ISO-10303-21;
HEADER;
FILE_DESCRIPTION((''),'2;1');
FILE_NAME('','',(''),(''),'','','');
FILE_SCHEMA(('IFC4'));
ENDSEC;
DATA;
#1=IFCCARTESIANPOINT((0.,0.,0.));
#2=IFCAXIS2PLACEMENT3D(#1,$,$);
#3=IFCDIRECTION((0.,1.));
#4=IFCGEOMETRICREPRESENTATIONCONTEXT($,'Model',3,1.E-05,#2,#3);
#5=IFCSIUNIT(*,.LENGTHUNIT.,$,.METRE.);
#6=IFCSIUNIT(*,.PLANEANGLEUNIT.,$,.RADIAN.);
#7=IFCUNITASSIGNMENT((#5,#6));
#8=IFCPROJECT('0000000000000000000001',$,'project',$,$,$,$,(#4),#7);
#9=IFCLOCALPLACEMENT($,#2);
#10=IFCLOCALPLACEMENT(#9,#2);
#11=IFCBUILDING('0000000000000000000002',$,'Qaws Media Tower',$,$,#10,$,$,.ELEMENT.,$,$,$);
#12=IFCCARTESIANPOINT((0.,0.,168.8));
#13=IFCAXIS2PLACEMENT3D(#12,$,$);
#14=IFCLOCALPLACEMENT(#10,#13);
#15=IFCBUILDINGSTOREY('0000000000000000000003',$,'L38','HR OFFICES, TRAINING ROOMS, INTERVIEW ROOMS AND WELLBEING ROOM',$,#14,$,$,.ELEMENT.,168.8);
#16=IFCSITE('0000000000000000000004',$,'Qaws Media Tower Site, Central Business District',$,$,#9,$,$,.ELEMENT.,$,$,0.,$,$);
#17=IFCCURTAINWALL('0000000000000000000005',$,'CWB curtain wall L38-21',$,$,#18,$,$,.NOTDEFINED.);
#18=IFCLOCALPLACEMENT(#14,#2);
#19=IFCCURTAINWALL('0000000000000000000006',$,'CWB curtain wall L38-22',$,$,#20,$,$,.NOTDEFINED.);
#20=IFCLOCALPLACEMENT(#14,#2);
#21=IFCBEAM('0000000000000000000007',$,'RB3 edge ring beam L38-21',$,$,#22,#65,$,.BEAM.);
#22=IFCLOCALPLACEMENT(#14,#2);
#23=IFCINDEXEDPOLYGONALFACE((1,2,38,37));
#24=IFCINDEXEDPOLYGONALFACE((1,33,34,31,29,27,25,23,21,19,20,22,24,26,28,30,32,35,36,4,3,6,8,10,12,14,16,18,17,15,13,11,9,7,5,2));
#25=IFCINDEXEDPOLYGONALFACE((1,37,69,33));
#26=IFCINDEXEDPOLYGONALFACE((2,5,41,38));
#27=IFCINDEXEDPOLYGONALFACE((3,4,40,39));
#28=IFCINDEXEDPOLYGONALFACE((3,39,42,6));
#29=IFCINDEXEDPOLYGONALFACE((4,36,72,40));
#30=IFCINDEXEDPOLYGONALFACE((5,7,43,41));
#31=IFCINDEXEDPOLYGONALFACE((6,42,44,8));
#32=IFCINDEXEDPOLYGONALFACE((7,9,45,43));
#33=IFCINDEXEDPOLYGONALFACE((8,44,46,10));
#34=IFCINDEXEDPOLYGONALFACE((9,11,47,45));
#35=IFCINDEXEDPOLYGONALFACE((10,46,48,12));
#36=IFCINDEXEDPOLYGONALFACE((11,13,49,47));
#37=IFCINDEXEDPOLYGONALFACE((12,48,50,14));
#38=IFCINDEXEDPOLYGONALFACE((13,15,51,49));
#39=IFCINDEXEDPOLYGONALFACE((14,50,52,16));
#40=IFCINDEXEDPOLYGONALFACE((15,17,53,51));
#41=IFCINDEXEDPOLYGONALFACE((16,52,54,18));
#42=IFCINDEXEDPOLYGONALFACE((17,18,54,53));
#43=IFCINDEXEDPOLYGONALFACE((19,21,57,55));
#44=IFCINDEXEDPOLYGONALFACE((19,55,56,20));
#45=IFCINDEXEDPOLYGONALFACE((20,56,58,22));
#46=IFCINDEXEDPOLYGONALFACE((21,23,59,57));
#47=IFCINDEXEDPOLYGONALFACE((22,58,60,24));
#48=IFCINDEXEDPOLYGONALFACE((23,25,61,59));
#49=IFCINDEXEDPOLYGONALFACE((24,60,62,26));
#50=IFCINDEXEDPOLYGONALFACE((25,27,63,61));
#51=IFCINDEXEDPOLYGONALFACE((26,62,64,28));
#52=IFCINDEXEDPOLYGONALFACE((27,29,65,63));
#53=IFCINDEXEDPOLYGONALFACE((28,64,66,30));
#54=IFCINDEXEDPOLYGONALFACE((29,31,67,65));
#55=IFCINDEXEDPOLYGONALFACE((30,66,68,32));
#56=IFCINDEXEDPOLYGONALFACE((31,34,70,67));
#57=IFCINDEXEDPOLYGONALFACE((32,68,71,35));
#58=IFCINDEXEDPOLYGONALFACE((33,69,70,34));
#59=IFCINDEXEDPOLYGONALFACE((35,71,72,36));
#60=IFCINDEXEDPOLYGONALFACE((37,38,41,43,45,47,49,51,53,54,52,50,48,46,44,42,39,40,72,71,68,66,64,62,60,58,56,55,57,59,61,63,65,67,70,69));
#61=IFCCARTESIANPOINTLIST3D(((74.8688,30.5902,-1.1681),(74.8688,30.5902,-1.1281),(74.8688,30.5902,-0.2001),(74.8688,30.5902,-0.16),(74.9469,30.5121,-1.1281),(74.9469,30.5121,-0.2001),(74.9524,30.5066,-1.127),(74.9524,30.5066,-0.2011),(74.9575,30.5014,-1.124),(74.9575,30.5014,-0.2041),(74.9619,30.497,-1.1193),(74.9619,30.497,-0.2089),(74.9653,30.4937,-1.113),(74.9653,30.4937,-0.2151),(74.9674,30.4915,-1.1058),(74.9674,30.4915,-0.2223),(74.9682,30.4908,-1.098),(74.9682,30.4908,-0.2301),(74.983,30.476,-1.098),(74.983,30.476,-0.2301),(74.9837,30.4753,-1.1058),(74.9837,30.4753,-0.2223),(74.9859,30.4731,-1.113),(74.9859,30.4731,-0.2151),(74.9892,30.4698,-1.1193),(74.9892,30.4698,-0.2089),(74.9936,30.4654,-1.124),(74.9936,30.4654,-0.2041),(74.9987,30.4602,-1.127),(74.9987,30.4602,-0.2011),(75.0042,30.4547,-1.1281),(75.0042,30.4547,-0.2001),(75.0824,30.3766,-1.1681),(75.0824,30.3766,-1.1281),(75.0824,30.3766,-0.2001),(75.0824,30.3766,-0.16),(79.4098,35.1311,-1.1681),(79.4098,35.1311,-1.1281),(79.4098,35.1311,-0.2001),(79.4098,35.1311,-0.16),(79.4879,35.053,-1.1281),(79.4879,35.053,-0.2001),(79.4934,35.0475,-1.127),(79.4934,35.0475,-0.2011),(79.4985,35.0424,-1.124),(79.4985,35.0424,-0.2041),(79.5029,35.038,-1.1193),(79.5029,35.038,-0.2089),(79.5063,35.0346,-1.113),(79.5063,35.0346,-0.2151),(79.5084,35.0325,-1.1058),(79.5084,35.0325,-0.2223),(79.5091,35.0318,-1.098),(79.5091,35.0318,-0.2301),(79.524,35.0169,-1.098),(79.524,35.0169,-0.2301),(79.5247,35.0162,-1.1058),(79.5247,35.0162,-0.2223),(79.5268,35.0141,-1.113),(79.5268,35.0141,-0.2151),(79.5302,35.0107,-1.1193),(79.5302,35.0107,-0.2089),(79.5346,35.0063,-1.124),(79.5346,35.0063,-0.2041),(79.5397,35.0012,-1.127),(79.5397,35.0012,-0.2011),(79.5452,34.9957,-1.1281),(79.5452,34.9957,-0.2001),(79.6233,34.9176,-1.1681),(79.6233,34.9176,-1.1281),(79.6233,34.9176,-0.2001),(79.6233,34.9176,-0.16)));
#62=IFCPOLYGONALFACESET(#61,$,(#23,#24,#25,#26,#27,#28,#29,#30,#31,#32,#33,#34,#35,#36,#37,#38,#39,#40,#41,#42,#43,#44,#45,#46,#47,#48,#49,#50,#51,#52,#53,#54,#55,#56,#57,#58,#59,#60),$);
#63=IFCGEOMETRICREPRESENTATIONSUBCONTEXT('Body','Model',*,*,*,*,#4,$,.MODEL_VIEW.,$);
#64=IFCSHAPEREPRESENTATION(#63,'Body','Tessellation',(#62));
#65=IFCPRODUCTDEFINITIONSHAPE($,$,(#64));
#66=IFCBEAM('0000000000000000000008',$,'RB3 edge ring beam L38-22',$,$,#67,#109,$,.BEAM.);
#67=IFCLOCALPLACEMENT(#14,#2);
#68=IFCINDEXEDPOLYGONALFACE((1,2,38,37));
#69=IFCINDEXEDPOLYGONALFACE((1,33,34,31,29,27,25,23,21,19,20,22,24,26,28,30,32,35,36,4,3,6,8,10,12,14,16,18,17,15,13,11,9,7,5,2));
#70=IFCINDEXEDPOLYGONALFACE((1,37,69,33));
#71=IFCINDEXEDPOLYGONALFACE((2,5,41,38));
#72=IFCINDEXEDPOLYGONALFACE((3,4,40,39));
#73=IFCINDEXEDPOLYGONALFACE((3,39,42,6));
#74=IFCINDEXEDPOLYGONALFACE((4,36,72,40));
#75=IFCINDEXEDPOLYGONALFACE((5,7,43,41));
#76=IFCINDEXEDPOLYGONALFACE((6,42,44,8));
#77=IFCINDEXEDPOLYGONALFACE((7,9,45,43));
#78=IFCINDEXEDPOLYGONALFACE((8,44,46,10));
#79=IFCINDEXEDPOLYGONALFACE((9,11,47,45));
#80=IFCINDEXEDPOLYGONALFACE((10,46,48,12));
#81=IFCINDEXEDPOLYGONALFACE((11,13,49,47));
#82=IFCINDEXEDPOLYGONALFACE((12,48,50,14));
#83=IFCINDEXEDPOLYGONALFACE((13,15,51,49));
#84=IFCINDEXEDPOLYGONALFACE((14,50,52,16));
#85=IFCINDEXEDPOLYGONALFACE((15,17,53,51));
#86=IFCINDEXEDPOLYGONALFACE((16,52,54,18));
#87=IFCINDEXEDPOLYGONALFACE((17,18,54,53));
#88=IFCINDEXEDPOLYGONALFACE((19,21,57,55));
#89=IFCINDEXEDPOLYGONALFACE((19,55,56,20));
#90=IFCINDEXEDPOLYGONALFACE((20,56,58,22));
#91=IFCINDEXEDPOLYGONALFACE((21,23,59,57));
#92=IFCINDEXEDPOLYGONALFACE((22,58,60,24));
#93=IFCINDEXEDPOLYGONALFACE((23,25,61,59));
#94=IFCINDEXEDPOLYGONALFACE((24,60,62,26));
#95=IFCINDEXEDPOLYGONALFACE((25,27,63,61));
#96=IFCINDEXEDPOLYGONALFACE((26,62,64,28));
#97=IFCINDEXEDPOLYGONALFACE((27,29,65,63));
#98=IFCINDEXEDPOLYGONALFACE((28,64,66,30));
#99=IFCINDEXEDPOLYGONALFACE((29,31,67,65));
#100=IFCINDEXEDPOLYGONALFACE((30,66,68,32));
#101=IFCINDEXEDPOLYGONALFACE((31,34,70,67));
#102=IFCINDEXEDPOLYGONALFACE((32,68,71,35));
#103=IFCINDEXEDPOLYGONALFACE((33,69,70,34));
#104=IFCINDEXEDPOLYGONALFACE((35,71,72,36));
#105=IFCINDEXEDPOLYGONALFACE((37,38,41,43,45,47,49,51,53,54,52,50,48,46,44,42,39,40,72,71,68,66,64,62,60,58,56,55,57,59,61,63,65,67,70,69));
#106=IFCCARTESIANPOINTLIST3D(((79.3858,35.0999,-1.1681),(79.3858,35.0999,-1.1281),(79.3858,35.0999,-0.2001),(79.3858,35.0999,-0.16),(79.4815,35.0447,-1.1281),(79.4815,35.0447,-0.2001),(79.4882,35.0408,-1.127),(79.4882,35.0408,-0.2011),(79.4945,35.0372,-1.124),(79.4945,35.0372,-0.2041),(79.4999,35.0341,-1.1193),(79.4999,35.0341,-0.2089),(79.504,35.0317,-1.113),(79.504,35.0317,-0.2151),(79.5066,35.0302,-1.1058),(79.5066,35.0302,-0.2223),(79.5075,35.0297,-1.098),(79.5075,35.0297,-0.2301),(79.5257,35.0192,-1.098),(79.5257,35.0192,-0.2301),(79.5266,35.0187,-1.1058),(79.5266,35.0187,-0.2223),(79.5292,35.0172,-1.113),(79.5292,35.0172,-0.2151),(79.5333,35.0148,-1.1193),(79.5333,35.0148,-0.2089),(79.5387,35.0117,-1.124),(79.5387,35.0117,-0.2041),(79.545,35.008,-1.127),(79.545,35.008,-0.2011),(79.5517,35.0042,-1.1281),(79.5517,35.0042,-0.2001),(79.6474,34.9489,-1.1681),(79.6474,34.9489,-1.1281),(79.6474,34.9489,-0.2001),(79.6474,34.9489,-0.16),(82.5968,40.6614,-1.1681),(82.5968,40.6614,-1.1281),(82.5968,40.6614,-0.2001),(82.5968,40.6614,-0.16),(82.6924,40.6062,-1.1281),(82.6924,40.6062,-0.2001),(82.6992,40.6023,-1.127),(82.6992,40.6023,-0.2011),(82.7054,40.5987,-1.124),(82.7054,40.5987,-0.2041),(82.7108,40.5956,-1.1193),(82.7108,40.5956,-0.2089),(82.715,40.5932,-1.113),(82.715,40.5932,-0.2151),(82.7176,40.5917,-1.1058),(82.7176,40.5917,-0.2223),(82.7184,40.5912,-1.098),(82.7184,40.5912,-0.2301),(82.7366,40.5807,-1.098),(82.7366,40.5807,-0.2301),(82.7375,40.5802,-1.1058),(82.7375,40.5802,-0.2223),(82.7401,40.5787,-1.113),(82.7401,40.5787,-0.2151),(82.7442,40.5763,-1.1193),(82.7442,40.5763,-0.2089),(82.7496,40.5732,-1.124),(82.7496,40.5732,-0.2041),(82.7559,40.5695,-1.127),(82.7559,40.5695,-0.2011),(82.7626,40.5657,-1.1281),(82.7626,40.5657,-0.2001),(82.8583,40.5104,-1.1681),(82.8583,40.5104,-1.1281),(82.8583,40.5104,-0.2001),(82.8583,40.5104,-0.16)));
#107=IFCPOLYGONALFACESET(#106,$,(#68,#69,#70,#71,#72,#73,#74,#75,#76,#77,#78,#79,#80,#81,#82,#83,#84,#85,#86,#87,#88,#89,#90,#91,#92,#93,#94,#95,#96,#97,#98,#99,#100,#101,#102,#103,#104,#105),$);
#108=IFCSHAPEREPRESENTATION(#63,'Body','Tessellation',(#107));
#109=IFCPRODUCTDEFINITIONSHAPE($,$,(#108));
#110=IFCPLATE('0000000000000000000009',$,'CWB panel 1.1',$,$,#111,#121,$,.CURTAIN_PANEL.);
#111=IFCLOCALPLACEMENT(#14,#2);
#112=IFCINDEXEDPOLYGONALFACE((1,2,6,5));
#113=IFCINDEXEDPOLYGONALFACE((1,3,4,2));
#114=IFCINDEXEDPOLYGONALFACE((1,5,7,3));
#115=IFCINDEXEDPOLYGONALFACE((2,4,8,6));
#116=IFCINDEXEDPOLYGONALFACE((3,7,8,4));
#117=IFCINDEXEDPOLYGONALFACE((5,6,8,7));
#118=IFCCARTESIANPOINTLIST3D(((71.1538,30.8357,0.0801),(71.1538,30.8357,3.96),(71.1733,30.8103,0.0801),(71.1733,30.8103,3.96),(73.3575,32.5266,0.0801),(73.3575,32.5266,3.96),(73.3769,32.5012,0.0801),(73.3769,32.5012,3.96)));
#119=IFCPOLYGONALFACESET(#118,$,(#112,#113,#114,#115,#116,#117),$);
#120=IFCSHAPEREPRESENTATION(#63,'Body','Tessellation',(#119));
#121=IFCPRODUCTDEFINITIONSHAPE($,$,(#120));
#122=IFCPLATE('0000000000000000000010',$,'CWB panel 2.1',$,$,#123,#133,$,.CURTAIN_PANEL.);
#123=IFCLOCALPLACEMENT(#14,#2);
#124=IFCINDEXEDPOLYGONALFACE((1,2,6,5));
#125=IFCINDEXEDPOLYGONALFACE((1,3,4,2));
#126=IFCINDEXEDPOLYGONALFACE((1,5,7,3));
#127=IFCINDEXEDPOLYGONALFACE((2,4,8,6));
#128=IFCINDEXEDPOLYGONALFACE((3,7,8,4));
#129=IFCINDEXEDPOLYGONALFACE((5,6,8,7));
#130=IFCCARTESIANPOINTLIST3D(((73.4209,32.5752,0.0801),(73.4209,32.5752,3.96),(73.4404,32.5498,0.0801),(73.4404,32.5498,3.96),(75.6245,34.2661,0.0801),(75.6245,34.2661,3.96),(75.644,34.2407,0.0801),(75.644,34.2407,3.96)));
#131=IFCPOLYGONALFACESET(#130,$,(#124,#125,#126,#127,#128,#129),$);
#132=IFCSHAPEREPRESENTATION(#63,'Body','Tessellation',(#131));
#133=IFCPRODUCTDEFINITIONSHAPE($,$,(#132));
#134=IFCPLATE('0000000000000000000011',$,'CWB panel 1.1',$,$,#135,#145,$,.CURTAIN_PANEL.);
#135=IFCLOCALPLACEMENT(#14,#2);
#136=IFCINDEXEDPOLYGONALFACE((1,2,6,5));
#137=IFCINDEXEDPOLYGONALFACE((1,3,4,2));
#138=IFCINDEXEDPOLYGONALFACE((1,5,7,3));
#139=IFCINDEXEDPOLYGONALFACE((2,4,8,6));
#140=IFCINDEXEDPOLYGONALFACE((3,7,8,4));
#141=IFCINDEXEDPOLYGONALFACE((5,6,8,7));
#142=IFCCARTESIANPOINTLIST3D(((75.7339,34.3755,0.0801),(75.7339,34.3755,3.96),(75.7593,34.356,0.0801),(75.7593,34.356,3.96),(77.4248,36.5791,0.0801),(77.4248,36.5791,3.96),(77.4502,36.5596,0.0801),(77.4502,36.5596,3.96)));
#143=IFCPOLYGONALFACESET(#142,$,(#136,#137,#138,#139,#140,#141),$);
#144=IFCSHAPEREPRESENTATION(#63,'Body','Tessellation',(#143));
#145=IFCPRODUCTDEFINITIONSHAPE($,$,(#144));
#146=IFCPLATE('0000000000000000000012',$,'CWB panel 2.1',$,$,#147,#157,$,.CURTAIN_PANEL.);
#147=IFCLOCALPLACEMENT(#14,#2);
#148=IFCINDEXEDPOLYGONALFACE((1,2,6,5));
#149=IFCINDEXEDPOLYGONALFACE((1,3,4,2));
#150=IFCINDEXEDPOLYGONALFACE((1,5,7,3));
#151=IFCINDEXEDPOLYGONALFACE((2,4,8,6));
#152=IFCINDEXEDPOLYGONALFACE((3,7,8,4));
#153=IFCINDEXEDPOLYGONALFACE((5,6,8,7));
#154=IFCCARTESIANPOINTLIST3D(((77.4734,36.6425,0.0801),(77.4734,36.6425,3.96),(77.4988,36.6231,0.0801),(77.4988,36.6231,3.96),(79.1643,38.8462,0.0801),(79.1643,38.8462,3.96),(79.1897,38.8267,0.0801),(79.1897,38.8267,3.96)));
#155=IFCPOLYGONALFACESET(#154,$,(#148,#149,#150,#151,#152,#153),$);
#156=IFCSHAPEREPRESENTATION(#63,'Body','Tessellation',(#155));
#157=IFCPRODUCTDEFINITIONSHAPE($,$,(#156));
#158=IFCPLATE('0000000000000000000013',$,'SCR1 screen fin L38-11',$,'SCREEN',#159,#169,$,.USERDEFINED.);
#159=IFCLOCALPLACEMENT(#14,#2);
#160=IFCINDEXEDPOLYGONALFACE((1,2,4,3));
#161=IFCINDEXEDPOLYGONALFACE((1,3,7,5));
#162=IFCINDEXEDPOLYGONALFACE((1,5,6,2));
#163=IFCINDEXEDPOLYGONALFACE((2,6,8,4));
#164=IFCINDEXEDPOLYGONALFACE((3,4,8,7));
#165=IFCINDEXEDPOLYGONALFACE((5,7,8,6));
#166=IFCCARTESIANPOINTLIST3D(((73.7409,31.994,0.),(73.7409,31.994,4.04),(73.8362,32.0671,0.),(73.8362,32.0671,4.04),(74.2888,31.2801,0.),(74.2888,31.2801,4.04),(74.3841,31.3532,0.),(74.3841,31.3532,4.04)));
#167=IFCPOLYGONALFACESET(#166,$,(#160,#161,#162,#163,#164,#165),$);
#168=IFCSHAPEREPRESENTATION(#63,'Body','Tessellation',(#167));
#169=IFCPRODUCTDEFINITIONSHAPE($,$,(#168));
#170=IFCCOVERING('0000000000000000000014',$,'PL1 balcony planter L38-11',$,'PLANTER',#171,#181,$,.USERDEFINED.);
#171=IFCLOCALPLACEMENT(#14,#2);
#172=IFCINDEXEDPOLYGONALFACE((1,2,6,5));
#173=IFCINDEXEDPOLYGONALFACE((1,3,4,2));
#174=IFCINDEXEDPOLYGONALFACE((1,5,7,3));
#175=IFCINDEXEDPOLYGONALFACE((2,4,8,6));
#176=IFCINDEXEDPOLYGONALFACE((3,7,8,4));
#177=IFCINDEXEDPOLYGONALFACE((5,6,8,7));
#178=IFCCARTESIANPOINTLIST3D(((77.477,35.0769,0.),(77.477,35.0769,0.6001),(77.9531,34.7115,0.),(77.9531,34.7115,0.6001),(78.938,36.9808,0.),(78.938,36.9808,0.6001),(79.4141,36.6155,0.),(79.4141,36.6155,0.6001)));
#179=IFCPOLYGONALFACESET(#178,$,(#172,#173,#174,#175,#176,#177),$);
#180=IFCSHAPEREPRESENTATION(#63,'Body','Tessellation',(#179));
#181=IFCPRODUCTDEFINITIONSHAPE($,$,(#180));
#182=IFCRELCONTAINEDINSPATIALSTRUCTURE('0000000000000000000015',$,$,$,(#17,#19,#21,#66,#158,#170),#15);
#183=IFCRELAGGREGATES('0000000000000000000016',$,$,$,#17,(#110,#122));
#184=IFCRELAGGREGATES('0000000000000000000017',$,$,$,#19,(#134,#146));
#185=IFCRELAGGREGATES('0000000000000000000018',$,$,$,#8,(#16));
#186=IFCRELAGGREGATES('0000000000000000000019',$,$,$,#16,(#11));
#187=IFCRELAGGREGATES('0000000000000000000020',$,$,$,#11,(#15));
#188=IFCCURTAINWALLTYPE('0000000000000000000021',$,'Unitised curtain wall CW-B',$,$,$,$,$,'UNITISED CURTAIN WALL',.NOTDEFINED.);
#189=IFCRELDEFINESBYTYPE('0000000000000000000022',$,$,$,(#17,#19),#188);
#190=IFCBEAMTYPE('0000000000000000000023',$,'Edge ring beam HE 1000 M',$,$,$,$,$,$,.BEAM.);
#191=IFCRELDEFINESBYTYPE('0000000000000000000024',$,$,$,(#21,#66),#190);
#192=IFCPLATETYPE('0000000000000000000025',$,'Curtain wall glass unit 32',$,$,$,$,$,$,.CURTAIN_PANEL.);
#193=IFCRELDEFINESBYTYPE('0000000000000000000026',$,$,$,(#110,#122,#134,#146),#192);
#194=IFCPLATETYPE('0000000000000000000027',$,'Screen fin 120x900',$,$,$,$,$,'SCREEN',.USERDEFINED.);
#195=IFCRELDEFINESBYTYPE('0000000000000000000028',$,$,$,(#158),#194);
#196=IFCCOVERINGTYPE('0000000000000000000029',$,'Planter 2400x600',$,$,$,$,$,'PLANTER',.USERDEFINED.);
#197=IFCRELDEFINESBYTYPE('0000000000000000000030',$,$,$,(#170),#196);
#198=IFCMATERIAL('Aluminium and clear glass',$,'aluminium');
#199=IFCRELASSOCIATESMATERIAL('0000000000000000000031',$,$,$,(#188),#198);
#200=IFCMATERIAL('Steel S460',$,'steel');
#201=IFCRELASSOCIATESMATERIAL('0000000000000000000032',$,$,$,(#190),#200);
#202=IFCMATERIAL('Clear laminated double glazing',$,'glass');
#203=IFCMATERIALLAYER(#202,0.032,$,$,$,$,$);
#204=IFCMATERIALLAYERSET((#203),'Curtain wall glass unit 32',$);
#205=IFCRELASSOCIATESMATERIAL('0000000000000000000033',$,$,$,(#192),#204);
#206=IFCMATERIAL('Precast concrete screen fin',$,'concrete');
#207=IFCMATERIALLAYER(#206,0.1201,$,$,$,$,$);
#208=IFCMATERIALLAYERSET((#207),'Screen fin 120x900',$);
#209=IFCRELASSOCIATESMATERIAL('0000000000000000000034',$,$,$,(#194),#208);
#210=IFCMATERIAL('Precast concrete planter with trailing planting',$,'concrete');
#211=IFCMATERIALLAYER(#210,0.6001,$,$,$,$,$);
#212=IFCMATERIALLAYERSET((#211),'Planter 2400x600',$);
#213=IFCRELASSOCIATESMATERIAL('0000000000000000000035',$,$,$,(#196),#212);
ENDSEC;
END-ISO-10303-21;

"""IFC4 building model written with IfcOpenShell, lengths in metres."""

from ifc_helpers import new_model, si_unit, direction, frame, origin, origin_2d, place, context, subcontext, project, spatial, rectangle, i_section, extrude, material, layer, layer_set, material_profile, profile_set, type_object, element, aggregate, save


model = new_model("IFC4")

# Units and contexts
model_context = context("Model", 3, precision=1e-05, world=origin(), true_north=direction((0.0, 1.0)))
body_context = subcontext(model_context, "Body", "Model", "MODEL_VIEW")
ifc_project = project(units=[si_unit("LENGTHUNIT", "METRE"), si_unit("PLANEANGLEUNIT", "RADIAN")], contexts=[model_context])

# Site, building, storey
site_placement = place(None, origin())
site = spatial("IfcSite", under=ifc_project, at=site_placement, Name="Qaws Media Tower Site, Central Business District", CompositionType="ELEMENT", RefElevation=0.0)
building_placement = place(site_placement, origin())
building = spatial("IfcBuilding", under=site, at=building_placement, Name="Qaws Media Tower", CompositionType="ELEMENT")
storey_placement = place(building_placement, frame((0.0, 0.0, 168.8)))
storey = spatial("IfcBuildingStorey", under=building, at=storey_placement, Name="L38", Description="HR OFFICES, TRAINING ROOMS, INTERVIEW ROOMS AND WELLBEING ROOM", CompositionType="ELEMENT", Elevation=168.8)

# Curtain walls
ifc_material_1 = material(Name="Aluminium and clear glass", Category="aluminium")
curtain_wall_type = type_object("IfcCurtainWallType", Name="Unitised curtain wall CW-B", ElementType="UNITISED CURTAIN WALL", PredefinedType="NOTDEFINED", material=ifc_material_1)
curtain_wall_1_placement = place(storey_placement, origin())
curtain_wall_1 = element("IfcCurtainWall", 1, at=curtain_wall_1_placement, inside=storey, type_object=curtain_wall_type, Name="CWB curtain wall L38-21", PredefinedType="NOTDEFINED")
curtain_wall_2_placement = place(storey_placement, origin())
curtain_wall_2 = element("IfcCurtainWall", 2, at=curtain_wall_2_placement, inside=storey, type_object=curtain_wall_type, Name="CWB curtain wall L38-22", PredefinedType="NOTDEFINED")

# Beams
ifc_material_2 = material(Name="Steel S460", Category="steel")
ifc_material_profile_1 = material_profile(ifc_material_2, i_section(OverallWidth=0.302, OverallDepth=1.0081, WebThickness=0.021, FlangeThickness=0.04, FilletRadius=0.03, at=origin_2d()), Name="HE 1000 M")
ifc_profile_set_1 = profile_set([ifc_material_profile_1], Name="Steel S460")
beam_type = type_object("IfcBeamType", Name="Edge ring beam HE 1000 M", PredefinedType="BEAM", material=ifc_profile_set_1)
for number, where, z_axis, x_axis, name in (
    (3, (74.9756, 30.4834, -0.6641), (0.707107, 0.707107, 0.0), (-0.707107, 0.707107, 0.0), "RB3 edge ring beam L38-21"),
    (4, (79.5166, 35.0244, -0.6641), (0.499999, 0.866026, 0.0), (-0.866026, 0.499999, 0.0), "RB3 edge ring beam L38-22"),
):
    element("IfcBeam", number, at=place(storey_placement, frame(where, z_axis=z_axis, x_axis=x_axis)), inside=storey, type_object=beam_type, Name=name, PredefinedType="BEAM", context=body_context, shape_type="SweptSolid", body=[
        extrude(i_section(OverallWidth=0.302, OverallDepth=1.0081, WebThickness=0.021, FlangeThickness=0.04, FilletRadius=0.03, at=origin_2d()), origin(), (0.0, 0.0, 1.0), 6.4219),
    ])

# Plates
ifc_material_3 = material(Name="Clear laminated double glazing", Category="glass")
ifc_layer_1 = layer(ifc_material_3, 0.032)
ifc_layer_set_1 = layer_set([ifc_layer_1], Name="Curtain wall glass unit 32")
plate_type_1 = type_object("IfcPlateType", Name="Curtain wall glass unit 32", PredefinedType="CURTAIN_PANEL", material=ifc_layer_set_1)
plate_1_placement = place(storey_placement, frame((72.2654, 31.6685, 0.0801), z_axis=(0.0, 0.0, 1.0), x_axis=(0.793353, 0.608761, 0.0)))
plate_1 = element("IfcPlate", 5, at=plate_1_placement, type_object=plate_type_1, Name="CWB panel 1.1", PredefinedType="CURTAIN_PANEL", context=body_context, shape_type="SweptSolid", body=[
    extrude(rectangle(XDim=2.7776, YDim=0.032, at=origin_2d()), origin(), (0.0, 0.0, 1.0), 3.8799),
])
plate_2_placement = place(storey_placement, frame((74.5325, 33.408, 0.0801), z_axis=(0.0, 0.0, 1.0), x_axis=(0.793353, 0.608761, 0.0)))
plate_2 = element("IfcPlate", 6, at=plate_2_placement, type_object=plate_type_1, Name="CWB panel 2.1", PredefinedType="CURTAIN_PANEL", context=body_context, shape_type="SweptSolid", body=[
    extrude(rectangle(XDim=2.7776, YDim=0.032, at=origin_2d()), origin(), (0.0, 0.0, 1.0), 3.8799),
])
aggregate(curtain_wall_1, [plate_1, plate_2])
plate_3_placement = place(storey_placement, frame((76.592, 35.4675, 0.0801), z_axis=(0.0, 0.0, 1.0), x_axis=(0.608761, 0.793353, 0.0)))
plate_3 = element("IfcPlate", 7, at=plate_3_placement, type_object=plate_type_1, Name="CWB panel 1.1", PredefinedType="CURTAIN_PANEL", context=body_context, shape_type="SweptSolid", body=[
    extrude(rectangle(XDim=2.7776, YDim=0.032, at=origin_2d()), origin(), (0.0, 0.0, 1.0), 3.8799),
])
plate_4_placement = place(storey_placement, frame((78.3315, 37.7346, 0.0801), z_axis=(0.0, 0.0, 1.0), x_axis=(0.608761, 0.793353, 0.0)))
plate_4 = element("IfcPlate", 8, at=plate_4_placement, type_object=plate_type_1, Name="CWB panel 2.1", PredefinedType="CURTAIN_PANEL", context=body_context, shape_type="SweptSolid", body=[
    extrude(rectangle(XDim=2.7776, YDim=0.032, at=origin_2d()), origin(), (0.0, 0.0, 1.0), 3.8799),
])
aggregate(curtain_wall_2, [plate_3, plate_4])
ifc_material_4 = material(Name="Precast concrete screen fin", Category="concrete")
ifc_layer_2 = layer(ifc_material_4, 0.1201)
ifc_layer_set_2 = layer_set([ifc_layer_2], Name="Screen fin 120x900")
plate_type_2 = type_object("IfcPlateType", Name="Screen fin 120x900", ElementType="SCREEN", PredefinedType="USERDEFINED", material=ifc_layer_set_2)
plate_5_placement = place(storey_placement, frame((74.0625, 31.6736, 0.0), z_axis=(0.0, 0.0, 1.0), x_axis=(0.608761, -0.793353, 0.0)))
element("IfcPlate", 9, at=plate_5_placement, inside=storey, type_object=plate_type_2, Name="SCR1 screen fin L38-11", ObjectType="SCREEN", PredefinedType="USERDEFINED", context=body_context, shape_type="SweptSolid", body=[
    extrude(rectangle(XDim=0.8999, YDim=0.1201, at=origin_2d()), origin(), (0.0, 0.0, 1.0), 4.04),
])

# Covering
ifc_material_5 = material(Name="Precast concrete planter with trailing planting", Category="concrete")
ifc_layer_3 = layer(ifc_material_5, 0.6001)
ifc_layer_set_3 = layer_set([ifc_layer_3], Name="Planter 2400x600")
covering_type = type_object("IfcCoveringType", Name="Planter 2400x600", ElementType="PLANTER", PredefinedType="USERDEFINED", material=ifc_layer_set_3)
covering_placement = place(storey_placement, frame((78.4456, 35.8462, 0.0), z_axis=(0.0, 0.0, 1.0), x_axis=(0.608761, 0.793353, 0.0)))
element("IfcCovering", 10, at=covering_placement, inside=storey, type_object=covering_type, Name="PL1 balcony planter L38-11", ObjectType="PLANTER", PredefinedType="USERDEFINED", context=body_context, shape_type="SweptSolid", body=[
    extrude(rectangle(XDim=2.3999, YDim=0.6001, at=origin_2d()), origin(), (0.0, 0.0, 1.0), 0.6001),
])

save(model, "model.ifc")
